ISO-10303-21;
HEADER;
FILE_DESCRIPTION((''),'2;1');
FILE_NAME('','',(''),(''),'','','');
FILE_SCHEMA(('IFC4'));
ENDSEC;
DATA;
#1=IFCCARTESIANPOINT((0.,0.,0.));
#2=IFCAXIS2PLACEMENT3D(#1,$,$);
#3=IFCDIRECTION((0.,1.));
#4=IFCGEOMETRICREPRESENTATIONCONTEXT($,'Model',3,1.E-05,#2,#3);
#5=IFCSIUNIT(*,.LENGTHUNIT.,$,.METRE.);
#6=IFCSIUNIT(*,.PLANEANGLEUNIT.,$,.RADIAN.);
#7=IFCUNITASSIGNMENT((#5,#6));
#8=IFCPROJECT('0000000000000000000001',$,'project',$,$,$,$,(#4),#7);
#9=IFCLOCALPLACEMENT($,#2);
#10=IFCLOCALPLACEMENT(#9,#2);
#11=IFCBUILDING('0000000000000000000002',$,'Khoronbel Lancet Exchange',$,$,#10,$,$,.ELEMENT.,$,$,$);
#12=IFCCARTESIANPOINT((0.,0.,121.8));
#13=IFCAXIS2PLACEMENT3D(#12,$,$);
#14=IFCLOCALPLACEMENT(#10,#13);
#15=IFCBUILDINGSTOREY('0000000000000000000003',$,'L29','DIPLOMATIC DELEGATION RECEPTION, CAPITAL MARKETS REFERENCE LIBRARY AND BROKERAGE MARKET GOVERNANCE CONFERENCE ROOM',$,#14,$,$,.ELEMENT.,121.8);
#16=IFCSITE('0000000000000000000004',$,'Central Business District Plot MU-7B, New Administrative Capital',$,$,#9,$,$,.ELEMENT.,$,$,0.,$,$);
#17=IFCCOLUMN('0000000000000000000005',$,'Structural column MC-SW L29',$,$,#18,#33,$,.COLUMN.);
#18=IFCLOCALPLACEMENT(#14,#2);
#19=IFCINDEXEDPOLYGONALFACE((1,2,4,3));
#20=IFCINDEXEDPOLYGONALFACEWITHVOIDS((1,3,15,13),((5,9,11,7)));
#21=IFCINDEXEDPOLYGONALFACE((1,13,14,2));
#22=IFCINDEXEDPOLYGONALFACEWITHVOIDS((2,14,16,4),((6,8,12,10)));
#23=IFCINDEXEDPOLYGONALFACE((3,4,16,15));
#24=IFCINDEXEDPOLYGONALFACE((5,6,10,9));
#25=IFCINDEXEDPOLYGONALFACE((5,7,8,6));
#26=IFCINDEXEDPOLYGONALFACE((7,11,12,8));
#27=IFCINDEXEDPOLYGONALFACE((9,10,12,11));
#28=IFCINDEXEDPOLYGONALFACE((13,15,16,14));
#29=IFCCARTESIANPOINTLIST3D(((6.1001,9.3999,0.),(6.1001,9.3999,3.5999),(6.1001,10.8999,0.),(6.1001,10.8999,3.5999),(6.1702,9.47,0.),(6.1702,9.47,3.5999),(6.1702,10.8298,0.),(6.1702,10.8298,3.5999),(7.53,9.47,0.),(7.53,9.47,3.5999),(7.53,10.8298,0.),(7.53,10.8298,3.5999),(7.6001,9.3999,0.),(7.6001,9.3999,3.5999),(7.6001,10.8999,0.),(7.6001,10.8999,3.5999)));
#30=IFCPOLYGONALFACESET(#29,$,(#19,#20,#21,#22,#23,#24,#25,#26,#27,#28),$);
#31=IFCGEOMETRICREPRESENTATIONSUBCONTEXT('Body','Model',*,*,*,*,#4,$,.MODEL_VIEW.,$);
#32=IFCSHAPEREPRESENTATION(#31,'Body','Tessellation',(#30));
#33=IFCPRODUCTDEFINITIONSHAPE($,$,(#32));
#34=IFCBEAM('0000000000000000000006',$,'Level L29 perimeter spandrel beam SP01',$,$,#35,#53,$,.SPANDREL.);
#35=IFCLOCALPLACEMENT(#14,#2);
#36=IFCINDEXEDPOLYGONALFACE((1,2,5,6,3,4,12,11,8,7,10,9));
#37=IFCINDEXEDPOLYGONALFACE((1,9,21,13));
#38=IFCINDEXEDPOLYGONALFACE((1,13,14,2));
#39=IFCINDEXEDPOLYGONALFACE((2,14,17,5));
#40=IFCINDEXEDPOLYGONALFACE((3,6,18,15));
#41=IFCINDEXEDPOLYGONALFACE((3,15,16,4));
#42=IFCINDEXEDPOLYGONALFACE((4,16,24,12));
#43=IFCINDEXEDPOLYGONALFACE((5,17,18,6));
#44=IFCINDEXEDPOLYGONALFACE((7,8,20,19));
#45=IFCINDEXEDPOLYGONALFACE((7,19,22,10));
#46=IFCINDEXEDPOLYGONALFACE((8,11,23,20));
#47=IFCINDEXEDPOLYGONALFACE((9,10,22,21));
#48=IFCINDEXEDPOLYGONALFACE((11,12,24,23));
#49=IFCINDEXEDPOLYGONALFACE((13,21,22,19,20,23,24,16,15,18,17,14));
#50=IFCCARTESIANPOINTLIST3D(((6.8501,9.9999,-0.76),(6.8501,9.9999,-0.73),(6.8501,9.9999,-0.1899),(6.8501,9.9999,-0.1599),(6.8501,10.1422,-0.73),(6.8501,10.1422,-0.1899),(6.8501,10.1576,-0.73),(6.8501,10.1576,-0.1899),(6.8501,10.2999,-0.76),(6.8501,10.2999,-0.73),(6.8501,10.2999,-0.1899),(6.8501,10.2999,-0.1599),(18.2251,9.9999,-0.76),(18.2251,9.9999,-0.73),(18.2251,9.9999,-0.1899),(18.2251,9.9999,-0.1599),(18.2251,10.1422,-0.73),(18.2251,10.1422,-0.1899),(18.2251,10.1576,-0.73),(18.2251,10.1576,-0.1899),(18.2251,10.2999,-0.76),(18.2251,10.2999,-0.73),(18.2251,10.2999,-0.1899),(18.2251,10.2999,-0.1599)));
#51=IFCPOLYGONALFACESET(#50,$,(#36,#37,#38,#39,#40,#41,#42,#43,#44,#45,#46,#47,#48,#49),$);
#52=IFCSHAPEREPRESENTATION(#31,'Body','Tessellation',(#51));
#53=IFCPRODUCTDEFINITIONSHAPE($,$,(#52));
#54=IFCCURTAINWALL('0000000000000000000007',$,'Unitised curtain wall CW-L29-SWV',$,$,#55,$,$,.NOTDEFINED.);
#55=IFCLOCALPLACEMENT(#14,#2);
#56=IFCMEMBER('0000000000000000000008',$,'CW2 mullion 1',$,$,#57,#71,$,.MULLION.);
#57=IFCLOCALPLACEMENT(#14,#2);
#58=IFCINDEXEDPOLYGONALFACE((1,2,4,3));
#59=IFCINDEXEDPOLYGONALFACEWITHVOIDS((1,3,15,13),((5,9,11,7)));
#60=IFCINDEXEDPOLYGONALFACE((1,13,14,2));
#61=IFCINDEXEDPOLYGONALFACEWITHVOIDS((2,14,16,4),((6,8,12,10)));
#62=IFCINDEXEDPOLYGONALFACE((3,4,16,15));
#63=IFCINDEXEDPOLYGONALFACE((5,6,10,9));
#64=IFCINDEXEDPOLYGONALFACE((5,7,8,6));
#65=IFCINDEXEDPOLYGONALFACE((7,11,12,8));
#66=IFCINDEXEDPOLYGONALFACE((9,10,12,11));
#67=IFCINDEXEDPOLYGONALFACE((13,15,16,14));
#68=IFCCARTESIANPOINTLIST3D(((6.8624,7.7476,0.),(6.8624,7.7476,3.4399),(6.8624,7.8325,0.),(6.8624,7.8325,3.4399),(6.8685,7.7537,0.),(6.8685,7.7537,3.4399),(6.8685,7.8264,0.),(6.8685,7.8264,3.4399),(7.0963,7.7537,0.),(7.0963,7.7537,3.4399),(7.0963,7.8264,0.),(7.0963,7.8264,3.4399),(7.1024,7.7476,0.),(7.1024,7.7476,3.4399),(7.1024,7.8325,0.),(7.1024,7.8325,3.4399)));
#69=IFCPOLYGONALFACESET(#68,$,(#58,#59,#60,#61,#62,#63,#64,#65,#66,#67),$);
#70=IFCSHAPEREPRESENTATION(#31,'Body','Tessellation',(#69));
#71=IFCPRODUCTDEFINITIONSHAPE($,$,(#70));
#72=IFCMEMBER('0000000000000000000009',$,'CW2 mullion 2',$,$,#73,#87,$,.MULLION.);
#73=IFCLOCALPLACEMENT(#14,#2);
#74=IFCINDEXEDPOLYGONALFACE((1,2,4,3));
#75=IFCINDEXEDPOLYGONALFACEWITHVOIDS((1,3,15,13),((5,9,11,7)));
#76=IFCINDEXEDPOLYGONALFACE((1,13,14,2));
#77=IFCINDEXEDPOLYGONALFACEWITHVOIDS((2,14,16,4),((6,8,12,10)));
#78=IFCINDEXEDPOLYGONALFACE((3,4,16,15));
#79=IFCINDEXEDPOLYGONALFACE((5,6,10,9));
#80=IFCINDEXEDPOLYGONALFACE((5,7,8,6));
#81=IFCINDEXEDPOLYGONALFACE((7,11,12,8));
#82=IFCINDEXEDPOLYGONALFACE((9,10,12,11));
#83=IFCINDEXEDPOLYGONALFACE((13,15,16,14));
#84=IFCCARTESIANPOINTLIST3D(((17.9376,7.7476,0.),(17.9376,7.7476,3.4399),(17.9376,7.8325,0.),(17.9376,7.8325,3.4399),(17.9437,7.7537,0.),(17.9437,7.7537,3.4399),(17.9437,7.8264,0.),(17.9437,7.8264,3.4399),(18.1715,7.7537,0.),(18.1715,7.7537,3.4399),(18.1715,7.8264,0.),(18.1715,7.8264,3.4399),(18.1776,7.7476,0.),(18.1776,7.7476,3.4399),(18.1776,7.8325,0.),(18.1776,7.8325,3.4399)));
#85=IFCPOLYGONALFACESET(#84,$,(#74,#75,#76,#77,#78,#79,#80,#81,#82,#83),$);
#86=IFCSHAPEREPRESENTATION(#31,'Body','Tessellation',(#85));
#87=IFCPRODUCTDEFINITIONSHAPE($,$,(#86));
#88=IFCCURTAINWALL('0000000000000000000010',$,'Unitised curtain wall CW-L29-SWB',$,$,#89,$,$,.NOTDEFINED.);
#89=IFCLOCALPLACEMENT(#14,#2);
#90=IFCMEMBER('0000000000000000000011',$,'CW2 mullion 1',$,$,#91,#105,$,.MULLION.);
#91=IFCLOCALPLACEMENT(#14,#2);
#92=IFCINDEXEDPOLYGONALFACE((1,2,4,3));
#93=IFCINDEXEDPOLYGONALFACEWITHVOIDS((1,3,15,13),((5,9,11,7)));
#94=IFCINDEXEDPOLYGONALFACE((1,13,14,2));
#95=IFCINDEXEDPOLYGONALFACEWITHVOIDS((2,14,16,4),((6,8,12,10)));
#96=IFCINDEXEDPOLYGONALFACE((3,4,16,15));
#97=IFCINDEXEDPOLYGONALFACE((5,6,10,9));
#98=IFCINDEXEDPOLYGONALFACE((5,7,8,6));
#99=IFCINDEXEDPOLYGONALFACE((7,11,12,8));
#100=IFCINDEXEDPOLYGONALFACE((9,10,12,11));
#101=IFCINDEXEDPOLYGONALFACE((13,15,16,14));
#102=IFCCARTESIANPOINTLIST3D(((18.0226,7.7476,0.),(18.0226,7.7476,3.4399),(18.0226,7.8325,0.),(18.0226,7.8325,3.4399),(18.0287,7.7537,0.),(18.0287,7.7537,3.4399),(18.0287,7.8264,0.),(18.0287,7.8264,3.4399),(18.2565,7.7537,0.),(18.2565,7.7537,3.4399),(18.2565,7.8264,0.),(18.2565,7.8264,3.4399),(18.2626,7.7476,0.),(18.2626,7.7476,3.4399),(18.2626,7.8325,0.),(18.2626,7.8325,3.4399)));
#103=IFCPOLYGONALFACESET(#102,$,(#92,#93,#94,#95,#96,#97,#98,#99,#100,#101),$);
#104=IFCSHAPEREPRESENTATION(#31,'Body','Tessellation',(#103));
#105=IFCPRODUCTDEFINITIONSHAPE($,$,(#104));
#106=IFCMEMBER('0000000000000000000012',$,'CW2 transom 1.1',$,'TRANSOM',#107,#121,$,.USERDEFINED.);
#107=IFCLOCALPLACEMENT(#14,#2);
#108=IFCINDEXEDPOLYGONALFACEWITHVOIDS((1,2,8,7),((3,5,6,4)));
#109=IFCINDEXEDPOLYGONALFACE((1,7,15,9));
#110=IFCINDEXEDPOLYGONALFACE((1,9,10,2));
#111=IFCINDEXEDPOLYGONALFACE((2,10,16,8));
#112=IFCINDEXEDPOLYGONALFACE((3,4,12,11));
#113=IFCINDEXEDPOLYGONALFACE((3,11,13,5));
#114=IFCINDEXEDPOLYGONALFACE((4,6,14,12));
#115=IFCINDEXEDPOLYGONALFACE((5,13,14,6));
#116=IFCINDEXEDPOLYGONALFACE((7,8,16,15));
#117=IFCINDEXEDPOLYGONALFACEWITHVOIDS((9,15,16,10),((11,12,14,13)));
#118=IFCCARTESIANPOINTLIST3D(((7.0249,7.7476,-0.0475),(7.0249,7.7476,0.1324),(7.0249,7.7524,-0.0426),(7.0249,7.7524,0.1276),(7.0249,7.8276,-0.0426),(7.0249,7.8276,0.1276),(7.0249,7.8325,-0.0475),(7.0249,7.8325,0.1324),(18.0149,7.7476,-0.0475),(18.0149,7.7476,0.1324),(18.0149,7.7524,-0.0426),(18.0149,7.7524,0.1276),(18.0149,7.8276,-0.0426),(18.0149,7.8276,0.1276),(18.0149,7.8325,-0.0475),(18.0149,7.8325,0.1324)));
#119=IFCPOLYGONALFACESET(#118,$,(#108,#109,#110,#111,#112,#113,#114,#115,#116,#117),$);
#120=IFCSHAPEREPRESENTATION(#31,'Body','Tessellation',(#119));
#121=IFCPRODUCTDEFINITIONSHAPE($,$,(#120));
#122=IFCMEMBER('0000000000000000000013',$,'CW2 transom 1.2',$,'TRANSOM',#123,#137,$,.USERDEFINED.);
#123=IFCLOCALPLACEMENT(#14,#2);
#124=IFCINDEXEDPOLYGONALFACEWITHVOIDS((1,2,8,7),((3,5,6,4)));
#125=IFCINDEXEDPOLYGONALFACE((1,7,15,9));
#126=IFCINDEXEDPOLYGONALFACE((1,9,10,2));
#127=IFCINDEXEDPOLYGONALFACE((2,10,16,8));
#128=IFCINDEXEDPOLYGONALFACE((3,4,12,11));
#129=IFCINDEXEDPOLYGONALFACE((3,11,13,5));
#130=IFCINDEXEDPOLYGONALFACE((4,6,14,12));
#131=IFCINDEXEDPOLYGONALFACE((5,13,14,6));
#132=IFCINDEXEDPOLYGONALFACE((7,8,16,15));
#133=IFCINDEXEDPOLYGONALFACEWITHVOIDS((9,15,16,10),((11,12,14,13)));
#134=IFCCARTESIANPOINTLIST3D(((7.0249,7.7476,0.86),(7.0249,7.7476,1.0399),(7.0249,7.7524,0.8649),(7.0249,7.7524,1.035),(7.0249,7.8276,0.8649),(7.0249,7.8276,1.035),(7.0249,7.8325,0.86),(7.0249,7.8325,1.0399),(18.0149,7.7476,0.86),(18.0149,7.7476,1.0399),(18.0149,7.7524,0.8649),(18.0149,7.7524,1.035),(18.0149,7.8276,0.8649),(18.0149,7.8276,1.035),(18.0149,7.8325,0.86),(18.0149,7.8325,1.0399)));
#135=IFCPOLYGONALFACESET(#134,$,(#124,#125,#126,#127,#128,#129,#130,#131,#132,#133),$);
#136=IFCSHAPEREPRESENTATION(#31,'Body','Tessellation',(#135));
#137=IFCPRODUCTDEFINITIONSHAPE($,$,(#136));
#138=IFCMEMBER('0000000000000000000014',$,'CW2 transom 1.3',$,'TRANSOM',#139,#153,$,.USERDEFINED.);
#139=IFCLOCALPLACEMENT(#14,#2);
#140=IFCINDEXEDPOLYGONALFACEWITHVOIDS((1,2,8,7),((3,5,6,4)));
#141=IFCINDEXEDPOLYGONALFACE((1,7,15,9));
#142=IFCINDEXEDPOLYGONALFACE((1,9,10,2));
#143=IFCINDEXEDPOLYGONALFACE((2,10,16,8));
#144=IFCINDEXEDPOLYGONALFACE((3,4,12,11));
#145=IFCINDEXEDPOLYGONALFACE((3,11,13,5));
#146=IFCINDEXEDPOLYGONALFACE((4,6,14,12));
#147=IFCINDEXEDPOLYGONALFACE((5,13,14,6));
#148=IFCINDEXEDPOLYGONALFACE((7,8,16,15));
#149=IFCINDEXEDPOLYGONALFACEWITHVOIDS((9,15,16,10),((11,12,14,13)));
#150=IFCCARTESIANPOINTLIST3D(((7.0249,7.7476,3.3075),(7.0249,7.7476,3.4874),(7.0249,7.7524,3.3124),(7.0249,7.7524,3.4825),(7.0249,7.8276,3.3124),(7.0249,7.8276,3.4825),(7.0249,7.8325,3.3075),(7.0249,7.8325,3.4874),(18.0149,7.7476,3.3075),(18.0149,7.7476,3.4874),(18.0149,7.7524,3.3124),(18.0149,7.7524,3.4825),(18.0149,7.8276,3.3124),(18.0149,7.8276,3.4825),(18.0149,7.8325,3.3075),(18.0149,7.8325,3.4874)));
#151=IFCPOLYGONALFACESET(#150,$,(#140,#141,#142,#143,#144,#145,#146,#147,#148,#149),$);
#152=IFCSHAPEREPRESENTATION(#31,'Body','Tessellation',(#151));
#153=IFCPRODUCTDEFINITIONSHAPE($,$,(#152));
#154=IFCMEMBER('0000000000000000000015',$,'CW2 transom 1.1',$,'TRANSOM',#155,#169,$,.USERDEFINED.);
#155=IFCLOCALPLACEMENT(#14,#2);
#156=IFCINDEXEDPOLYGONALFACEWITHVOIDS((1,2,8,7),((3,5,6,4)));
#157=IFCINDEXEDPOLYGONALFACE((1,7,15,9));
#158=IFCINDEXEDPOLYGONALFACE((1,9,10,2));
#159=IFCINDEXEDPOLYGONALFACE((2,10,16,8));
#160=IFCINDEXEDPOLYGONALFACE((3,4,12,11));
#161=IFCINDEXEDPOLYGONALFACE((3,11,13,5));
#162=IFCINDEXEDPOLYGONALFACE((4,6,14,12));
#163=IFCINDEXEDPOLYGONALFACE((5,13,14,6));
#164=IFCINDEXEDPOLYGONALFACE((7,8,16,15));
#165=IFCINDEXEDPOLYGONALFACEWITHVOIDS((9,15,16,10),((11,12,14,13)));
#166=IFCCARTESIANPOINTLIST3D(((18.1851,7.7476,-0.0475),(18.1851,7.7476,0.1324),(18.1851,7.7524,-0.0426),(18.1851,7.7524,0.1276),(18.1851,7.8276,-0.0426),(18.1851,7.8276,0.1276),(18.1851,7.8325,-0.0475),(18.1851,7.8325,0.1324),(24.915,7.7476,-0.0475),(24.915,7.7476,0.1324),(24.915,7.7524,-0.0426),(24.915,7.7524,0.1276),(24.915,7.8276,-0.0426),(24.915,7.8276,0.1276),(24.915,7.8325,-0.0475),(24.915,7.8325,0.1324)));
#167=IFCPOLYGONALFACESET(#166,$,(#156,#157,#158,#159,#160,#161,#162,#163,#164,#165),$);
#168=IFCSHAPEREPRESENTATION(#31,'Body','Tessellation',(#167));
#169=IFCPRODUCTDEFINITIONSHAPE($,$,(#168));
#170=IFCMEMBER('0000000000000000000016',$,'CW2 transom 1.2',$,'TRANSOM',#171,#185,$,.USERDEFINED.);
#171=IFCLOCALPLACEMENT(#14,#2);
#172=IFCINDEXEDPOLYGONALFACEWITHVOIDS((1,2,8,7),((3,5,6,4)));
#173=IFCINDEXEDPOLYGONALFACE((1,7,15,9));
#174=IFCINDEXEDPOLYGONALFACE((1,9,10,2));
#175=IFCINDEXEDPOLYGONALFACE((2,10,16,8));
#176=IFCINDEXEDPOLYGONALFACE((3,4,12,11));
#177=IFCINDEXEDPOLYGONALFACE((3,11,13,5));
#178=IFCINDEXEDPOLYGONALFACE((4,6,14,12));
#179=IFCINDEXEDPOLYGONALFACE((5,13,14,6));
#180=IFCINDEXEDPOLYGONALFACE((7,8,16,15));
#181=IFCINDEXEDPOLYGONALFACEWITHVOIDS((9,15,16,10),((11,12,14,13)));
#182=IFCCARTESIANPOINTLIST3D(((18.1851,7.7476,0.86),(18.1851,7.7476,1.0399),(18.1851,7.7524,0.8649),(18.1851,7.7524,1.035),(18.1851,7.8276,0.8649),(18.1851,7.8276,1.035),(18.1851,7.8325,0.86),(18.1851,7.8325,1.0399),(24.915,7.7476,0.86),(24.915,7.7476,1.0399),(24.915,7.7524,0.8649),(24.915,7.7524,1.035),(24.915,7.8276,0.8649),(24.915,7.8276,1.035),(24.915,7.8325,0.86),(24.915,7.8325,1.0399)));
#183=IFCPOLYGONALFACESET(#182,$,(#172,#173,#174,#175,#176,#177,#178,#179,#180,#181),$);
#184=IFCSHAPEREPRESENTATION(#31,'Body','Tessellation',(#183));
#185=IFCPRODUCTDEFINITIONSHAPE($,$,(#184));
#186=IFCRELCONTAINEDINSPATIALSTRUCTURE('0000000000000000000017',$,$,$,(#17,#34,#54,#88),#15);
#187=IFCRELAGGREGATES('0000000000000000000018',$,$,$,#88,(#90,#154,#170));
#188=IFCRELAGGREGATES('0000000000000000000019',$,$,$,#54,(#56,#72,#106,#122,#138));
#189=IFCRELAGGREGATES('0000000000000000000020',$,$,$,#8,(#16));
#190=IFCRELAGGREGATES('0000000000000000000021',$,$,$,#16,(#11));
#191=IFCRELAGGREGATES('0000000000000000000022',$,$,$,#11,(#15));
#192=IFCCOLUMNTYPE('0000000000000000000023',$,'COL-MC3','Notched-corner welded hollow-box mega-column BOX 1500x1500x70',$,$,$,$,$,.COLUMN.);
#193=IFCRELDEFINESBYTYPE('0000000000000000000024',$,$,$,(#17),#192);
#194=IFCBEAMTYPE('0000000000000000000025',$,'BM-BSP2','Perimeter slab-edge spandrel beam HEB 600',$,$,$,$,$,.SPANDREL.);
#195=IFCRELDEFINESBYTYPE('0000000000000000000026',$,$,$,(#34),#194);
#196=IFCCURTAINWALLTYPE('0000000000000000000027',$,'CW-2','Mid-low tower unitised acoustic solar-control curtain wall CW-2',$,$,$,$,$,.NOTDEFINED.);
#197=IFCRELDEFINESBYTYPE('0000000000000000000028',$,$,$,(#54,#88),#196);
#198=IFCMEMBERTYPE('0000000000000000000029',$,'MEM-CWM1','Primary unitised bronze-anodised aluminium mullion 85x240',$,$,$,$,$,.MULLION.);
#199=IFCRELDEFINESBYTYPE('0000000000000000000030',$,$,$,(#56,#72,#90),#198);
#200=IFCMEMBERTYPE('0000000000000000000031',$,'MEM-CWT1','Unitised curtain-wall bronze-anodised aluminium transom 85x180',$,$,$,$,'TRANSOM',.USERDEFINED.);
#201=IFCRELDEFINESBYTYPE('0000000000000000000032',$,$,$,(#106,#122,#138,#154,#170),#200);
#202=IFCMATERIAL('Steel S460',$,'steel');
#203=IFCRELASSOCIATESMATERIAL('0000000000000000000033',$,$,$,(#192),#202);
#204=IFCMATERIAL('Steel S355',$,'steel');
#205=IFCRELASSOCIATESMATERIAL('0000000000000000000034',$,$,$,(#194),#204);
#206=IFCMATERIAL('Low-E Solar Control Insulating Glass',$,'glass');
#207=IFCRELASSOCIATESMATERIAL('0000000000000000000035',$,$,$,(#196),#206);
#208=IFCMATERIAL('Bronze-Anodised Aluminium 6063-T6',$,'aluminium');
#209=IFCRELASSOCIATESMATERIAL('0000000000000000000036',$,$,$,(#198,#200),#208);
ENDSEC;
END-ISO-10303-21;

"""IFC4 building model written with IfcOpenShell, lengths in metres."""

from ifc_helpers import new_model, si_unit, direction, frame, origin, origin_2d, place, context, subcontext, project, spatial, hollow_rectangle, i_section, extrude, material, material_profile, profile_set, type_object, element, aggregate, save


model = new_model("IFC4")

# Units and contexts
model_context = context("Model", 3, precision=1e-05, world=origin(), true_north=direction((0.0, 1.0)))
body_context = subcontext(model_context, "Body", "Model", "MODEL_VIEW")
ifc_project = project(units=[si_unit("LENGTHUNIT", "METRE"), si_unit("PLANEANGLEUNIT", "RADIAN")], contexts=[model_context])

# Site, building, storey
site_placement = place(None, origin())
site = spatial("IfcSite", under=ifc_project, at=site_placement, Name="Central Business District Plot MU-7B, New Administrative Capital", CompositionType="ELEMENT", RefElevation=0.0)
building_placement = place(site_placement, origin())
building = spatial("IfcBuilding", under=site, at=building_placement, Name="Khoronbel Lancet Exchange", CompositionType="ELEMENT")
storey_placement = place(building_placement, frame((0.0, 0.0, 121.8)))
storey = spatial("IfcBuildingStorey", under=building, at=storey_placement, Name="L29", Description="DIPLOMATIC DELEGATION RECEPTION, CAPITAL MARKETS REFERENCE LIBRARY AND BROKERAGE MARKET GOVERNANCE CONFERENCE ROOM", CompositionType="ELEMENT", Elevation=121.8)

# Column
ifc_material_1 = material(Name="Steel S460", Category="steel")
ifc_material_profile_1 = material_profile(ifc_material_1, hollow_rectangle(XDim=1.5, YDim=1.5, WallThickness=0.0701, at=origin_2d()), Name="BOX 1500x1500x70")
ifc_profile_set_1 = profile_set([ifc_material_profile_1], Name="Steel S460")
column_type = type_object("IfcColumnType", Name="COL-MC3", Description="Notched-corner welded hollow-box mega-column BOX 1500x1500x70", PredefinedType="COLUMN", material=ifc_profile_set_1)
column_placement = place(storey_placement, frame((6.8501, 10.1499, 0.0), z_axis=(0.0, 0.0, 1.0), x_axis=(1.0, 0.0, 0.0)))
element("IfcColumn", 1, at=column_placement, inside=storey, type_object=column_type, Name="Structural column MC-SW L29", PredefinedType="COLUMN", context=body_context, shape_type="SweptSolid", body=[
    extrude(hollow_rectangle(XDim=1.5, YDim=1.5, WallThickness=0.0701, at=origin_2d()), origin(), (0.0, 0.0, 1.0), 3.5999),
])

# Beam
ifc_material_2 = material(Name="Steel S355", Category="steel")
ifc_material_profile_2 = material_profile(ifc_material_2, i_section(OverallWidth=0.3, OverallDepth=0.6001, WebThickness=0.0154, FlangeThickness=0.03, at=origin_2d()), Name="HEB 600")
ifc_profile_set_2 = profile_set([ifc_material_profile_2], Name="Steel S355")
beam_type = type_object("IfcBeamType", Name="BM-BSP2", Description="Perimeter slab-edge spandrel beam HEB 600", PredefinedType="SPANDREL", material=ifc_profile_set_2)
beam_placement = place(storey_placement, frame((6.8501, 10.1499, -0.46), z_axis=(1.0, 0.0, 0.0), x_axis=(0.0, 1.0, 0.0)))
element("IfcBeam", 2, at=beam_placement, inside=storey, type_object=beam_type, Name="Level L29 perimeter spandrel beam SP01", PredefinedType="SPANDREL", context=body_context, shape_type="SweptSolid", body=[
    extrude(i_section(OverallWidth=0.3, OverallDepth=0.6001, WebThickness=0.0154, FlangeThickness=0.03, at=origin_2d()), origin(), (0.0, 0.0, 1.0), 11.375),
])

# Curtain wall, members
ifc_material_3 = material(Name="Low-E Solar Control Insulating Glass", Category="glass")
curtain_wall_type = type_object("IfcCurtainWallType", Name="CW-2", Description="Mid-low tower unitised acoustic solar-control curtain wall CW-2", PredefinedType="NOTDEFINED", material=ifc_material_3)
curtain_wall_1_placement = place(storey_placement, origin())
curtain_wall_1 = element("IfcCurtainWall", 3, at=curtain_wall_1_placement, inside=storey, type_object=curtain_wall_type, Name="Unitised curtain wall CW-L29-SWV", PredefinedType="NOTDEFINED")
ifc_material_4 = material(Name="Bronze-Anodised Aluminium 6063-T6", Category="aluminium")
ifc_material_profile_3 = material_profile(ifc_material_4, hollow_rectangle(XDim=0.085, YDim=0.24, WallThickness=0.0061, at=origin_2d()), Name="ALU MULLION 85x240")
ifc_profile_set_3 = profile_set([ifc_material_profile_3], Name="Bronze-Anodised Aluminium 6063-T6")
member_type_1 = type_object("IfcMemberType", Name="MEM-CWM1", Description="Primary unitised bronze-anodised aluminium mullion 85x240", PredefinedType="MULLION", material=ifc_profile_set_3)
member_1_placement = place(storey_placement, frame((6.9824, 7.79, 0.0), z_axis=(0.0, 0.0, 1.0), x_axis=(0.0, 1.0, 0.0)))
member_1 = element("IfcMember", 4, at=member_1_placement, type_object=member_type_1, Name="CW2 mullion 1", PredefinedType="MULLION", context=body_context, shape_type="SweptSolid", body=[
    extrude(hollow_rectangle(XDim=0.085, YDim=0.24, WallThickness=0.0061, at=origin_2d()), origin(), (0.0, 0.0, 1.0), 3.4399),
])
member_2_placement = place(storey_placement, frame((18.0576, 7.79, 0.0), z_axis=(0.0, 0.0, 1.0), x_axis=(0.0, 1.0, 0.0)))
member_2 = element("IfcMember", 5, at=member_2_placement, type_object=member_type_1, Name="CW2 mullion 2", PredefinedType="MULLION", context=body_context, shape_type="SweptSolid", body=[
    extrude(hollow_rectangle(XDim=0.085, YDim=0.24, WallThickness=0.0061, at=origin_2d()), origin(), (0.0, 0.0, 1.0), 3.4399),
])

# Curtain wall, member
curtain_wall_2_placement = place(storey_placement, origin())
curtain_wall_2 = element("IfcCurtainWall", 6, at=curtain_wall_2_placement, inside=storey, type_object=curtain_wall_type, Name="Unitised curtain wall CW-L29-SWB", PredefinedType="NOTDEFINED")
member_3_placement = place(storey_placement, frame((18.1426, 7.79, 0.0), z_axis=(0.0, 0.0, 1.0), x_axis=(0.0, 1.0, 0.0)))
member_3 = element("IfcMember", 7, at=member_3_placement, type_object=member_type_1, Name="CW2 mullion 1", PredefinedType="MULLION", context=body_context, shape_type="SweptSolid", body=[
    extrude(hollow_rectangle(XDim=0.085, YDim=0.24, WallThickness=0.0061, at=origin_2d()), origin(), (0.0, 0.0, 1.0), 3.4399),
])

# Members
ifc_material_profile_4 = material_profile(ifc_material_4, hollow_rectangle(XDim=0.085, YDim=0.1799, WallThickness=0.0049, at=origin_2d()), Name="ALU TRANSOM 85x180")
ifc_profile_set_4 = profile_set([ifc_material_profile_4], Name="Bronze-Anodised Aluminium 6063-T6")
member_type_2 = type_object("IfcMemberType", Name="MEM-CWT1", Description="Unitised curtain-wall bronze-anodised aluminium transom 85x180", ElementType="TRANSOM", PredefinedType="USERDEFINED", material=ifc_profile_set_4)
member_4_placement = place(storey_placement, frame((7.0249, 7.79, 0.0425), z_axis=(1.0, 0.0, 0.0), x_axis=(0.0, 1.0, 0.0)))
member_4 = element("IfcMember", 8, at=member_4_placement, type_object=member_type_2, Name="CW2 transom 1.1", ObjectType="TRANSOM", PredefinedType="USERDEFINED", context=body_context, shape_type="SweptSolid", body=[
    extrude(hollow_rectangle(XDim=0.085, YDim=0.1799, WallThickness=0.0049, at=origin_2d()), origin(), (0.0, 0.0, 1.0), 10.99),
])
member_5_placement = place(storey_placement, frame((7.0249, 7.79, 0.95), z_axis=(1.0, 0.0, 0.0), x_axis=(0.0, 1.0, 0.0)))
member_5 = element("IfcMember", 9, at=member_5_placement, type_object=member_type_2, Name="CW2 transom 1.2", ObjectType="TRANSOM", PredefinedType="USERDEFINED", context=body_context, shape_type="SweptSolid", body=[
    extrude(hollow_rectangle(XDim=0.085, YDim=0.1799, WallThickness=0.0049, at=origin_2d()), origin(), (0.0, 0.0, 1.0), 10.99),
])
member_6_placement = place(storey_placement, frame((7.0249, 7.79, 3.3975), z_axis=(1.0, 0.0, 0.0), x_axis=(0.0, 1.0, 0.0)))
member_6 = element("IfcMember", 10, at=member_6_placement, type_object=member_type_2, Name="CW2 transom 1.3", ObjectType="TRANSOM", PredefinedType="USERDEFINED", context=body_context, shape_type="SweptSolid", body=[
    extrude(hollow_rectangle(XDim=0.085, YDim=0.1799, WallThickness=0.0049, at=origin_2d()), origin(), (0.0, 0.0, 1.0), 10.99),
])
member_7_placement = place(storey_placement, frame((18.1851, 7.79, 0.0425), z_axis=(1.0, 0.0, 0.0), x_axis=(0.0, 1.0, 0.0)))
member_7 = element("IfcMember", 11, at=member_7_placement, type_object=member_type_2, Name="CW2 transom 1.1", ObjectType="TRANSOM", PredefinedType="USERDEFINED", context=body_context, shape_type="SweptSolid", body=[
    extrude(hollow_rectangle(XDim=0.085, YDim=0.1799, WallThickness=0.0049, at=origin_2d()), origin(), (0.0, 0.0, 1.0), 6.73),
])
member_8_placement = place(storey_placement, frame((18.1851, 7.79, 0.95), z_axis=(1.0, 0.0, 0.0), x_axis=(0.0, 1.0, 0.0)))
member_8 = element("IfcMember", 12, at=member_8_placement, type_object=member_type_2, Name="CW2 transom 1.2", ObjectType="TRANSOM", PredefinedType="USERDEFINED", context=body_context, shape_type="SweptSolid", body=[
    extrude(hollow_rectangle(XDim=0.085, YDim=0.1799, WallThickness=0.0049, at=origin_2d()), origin(), (0.0, 0.0, 1.0), 6.73),
])
aggregate(curtain_wall_2, [member_3, member_7, member_8])

aggregate(curtain_wall_1, [member_1, member_2, member_4, member_5, member_6])

save(model, "model.ifc")
